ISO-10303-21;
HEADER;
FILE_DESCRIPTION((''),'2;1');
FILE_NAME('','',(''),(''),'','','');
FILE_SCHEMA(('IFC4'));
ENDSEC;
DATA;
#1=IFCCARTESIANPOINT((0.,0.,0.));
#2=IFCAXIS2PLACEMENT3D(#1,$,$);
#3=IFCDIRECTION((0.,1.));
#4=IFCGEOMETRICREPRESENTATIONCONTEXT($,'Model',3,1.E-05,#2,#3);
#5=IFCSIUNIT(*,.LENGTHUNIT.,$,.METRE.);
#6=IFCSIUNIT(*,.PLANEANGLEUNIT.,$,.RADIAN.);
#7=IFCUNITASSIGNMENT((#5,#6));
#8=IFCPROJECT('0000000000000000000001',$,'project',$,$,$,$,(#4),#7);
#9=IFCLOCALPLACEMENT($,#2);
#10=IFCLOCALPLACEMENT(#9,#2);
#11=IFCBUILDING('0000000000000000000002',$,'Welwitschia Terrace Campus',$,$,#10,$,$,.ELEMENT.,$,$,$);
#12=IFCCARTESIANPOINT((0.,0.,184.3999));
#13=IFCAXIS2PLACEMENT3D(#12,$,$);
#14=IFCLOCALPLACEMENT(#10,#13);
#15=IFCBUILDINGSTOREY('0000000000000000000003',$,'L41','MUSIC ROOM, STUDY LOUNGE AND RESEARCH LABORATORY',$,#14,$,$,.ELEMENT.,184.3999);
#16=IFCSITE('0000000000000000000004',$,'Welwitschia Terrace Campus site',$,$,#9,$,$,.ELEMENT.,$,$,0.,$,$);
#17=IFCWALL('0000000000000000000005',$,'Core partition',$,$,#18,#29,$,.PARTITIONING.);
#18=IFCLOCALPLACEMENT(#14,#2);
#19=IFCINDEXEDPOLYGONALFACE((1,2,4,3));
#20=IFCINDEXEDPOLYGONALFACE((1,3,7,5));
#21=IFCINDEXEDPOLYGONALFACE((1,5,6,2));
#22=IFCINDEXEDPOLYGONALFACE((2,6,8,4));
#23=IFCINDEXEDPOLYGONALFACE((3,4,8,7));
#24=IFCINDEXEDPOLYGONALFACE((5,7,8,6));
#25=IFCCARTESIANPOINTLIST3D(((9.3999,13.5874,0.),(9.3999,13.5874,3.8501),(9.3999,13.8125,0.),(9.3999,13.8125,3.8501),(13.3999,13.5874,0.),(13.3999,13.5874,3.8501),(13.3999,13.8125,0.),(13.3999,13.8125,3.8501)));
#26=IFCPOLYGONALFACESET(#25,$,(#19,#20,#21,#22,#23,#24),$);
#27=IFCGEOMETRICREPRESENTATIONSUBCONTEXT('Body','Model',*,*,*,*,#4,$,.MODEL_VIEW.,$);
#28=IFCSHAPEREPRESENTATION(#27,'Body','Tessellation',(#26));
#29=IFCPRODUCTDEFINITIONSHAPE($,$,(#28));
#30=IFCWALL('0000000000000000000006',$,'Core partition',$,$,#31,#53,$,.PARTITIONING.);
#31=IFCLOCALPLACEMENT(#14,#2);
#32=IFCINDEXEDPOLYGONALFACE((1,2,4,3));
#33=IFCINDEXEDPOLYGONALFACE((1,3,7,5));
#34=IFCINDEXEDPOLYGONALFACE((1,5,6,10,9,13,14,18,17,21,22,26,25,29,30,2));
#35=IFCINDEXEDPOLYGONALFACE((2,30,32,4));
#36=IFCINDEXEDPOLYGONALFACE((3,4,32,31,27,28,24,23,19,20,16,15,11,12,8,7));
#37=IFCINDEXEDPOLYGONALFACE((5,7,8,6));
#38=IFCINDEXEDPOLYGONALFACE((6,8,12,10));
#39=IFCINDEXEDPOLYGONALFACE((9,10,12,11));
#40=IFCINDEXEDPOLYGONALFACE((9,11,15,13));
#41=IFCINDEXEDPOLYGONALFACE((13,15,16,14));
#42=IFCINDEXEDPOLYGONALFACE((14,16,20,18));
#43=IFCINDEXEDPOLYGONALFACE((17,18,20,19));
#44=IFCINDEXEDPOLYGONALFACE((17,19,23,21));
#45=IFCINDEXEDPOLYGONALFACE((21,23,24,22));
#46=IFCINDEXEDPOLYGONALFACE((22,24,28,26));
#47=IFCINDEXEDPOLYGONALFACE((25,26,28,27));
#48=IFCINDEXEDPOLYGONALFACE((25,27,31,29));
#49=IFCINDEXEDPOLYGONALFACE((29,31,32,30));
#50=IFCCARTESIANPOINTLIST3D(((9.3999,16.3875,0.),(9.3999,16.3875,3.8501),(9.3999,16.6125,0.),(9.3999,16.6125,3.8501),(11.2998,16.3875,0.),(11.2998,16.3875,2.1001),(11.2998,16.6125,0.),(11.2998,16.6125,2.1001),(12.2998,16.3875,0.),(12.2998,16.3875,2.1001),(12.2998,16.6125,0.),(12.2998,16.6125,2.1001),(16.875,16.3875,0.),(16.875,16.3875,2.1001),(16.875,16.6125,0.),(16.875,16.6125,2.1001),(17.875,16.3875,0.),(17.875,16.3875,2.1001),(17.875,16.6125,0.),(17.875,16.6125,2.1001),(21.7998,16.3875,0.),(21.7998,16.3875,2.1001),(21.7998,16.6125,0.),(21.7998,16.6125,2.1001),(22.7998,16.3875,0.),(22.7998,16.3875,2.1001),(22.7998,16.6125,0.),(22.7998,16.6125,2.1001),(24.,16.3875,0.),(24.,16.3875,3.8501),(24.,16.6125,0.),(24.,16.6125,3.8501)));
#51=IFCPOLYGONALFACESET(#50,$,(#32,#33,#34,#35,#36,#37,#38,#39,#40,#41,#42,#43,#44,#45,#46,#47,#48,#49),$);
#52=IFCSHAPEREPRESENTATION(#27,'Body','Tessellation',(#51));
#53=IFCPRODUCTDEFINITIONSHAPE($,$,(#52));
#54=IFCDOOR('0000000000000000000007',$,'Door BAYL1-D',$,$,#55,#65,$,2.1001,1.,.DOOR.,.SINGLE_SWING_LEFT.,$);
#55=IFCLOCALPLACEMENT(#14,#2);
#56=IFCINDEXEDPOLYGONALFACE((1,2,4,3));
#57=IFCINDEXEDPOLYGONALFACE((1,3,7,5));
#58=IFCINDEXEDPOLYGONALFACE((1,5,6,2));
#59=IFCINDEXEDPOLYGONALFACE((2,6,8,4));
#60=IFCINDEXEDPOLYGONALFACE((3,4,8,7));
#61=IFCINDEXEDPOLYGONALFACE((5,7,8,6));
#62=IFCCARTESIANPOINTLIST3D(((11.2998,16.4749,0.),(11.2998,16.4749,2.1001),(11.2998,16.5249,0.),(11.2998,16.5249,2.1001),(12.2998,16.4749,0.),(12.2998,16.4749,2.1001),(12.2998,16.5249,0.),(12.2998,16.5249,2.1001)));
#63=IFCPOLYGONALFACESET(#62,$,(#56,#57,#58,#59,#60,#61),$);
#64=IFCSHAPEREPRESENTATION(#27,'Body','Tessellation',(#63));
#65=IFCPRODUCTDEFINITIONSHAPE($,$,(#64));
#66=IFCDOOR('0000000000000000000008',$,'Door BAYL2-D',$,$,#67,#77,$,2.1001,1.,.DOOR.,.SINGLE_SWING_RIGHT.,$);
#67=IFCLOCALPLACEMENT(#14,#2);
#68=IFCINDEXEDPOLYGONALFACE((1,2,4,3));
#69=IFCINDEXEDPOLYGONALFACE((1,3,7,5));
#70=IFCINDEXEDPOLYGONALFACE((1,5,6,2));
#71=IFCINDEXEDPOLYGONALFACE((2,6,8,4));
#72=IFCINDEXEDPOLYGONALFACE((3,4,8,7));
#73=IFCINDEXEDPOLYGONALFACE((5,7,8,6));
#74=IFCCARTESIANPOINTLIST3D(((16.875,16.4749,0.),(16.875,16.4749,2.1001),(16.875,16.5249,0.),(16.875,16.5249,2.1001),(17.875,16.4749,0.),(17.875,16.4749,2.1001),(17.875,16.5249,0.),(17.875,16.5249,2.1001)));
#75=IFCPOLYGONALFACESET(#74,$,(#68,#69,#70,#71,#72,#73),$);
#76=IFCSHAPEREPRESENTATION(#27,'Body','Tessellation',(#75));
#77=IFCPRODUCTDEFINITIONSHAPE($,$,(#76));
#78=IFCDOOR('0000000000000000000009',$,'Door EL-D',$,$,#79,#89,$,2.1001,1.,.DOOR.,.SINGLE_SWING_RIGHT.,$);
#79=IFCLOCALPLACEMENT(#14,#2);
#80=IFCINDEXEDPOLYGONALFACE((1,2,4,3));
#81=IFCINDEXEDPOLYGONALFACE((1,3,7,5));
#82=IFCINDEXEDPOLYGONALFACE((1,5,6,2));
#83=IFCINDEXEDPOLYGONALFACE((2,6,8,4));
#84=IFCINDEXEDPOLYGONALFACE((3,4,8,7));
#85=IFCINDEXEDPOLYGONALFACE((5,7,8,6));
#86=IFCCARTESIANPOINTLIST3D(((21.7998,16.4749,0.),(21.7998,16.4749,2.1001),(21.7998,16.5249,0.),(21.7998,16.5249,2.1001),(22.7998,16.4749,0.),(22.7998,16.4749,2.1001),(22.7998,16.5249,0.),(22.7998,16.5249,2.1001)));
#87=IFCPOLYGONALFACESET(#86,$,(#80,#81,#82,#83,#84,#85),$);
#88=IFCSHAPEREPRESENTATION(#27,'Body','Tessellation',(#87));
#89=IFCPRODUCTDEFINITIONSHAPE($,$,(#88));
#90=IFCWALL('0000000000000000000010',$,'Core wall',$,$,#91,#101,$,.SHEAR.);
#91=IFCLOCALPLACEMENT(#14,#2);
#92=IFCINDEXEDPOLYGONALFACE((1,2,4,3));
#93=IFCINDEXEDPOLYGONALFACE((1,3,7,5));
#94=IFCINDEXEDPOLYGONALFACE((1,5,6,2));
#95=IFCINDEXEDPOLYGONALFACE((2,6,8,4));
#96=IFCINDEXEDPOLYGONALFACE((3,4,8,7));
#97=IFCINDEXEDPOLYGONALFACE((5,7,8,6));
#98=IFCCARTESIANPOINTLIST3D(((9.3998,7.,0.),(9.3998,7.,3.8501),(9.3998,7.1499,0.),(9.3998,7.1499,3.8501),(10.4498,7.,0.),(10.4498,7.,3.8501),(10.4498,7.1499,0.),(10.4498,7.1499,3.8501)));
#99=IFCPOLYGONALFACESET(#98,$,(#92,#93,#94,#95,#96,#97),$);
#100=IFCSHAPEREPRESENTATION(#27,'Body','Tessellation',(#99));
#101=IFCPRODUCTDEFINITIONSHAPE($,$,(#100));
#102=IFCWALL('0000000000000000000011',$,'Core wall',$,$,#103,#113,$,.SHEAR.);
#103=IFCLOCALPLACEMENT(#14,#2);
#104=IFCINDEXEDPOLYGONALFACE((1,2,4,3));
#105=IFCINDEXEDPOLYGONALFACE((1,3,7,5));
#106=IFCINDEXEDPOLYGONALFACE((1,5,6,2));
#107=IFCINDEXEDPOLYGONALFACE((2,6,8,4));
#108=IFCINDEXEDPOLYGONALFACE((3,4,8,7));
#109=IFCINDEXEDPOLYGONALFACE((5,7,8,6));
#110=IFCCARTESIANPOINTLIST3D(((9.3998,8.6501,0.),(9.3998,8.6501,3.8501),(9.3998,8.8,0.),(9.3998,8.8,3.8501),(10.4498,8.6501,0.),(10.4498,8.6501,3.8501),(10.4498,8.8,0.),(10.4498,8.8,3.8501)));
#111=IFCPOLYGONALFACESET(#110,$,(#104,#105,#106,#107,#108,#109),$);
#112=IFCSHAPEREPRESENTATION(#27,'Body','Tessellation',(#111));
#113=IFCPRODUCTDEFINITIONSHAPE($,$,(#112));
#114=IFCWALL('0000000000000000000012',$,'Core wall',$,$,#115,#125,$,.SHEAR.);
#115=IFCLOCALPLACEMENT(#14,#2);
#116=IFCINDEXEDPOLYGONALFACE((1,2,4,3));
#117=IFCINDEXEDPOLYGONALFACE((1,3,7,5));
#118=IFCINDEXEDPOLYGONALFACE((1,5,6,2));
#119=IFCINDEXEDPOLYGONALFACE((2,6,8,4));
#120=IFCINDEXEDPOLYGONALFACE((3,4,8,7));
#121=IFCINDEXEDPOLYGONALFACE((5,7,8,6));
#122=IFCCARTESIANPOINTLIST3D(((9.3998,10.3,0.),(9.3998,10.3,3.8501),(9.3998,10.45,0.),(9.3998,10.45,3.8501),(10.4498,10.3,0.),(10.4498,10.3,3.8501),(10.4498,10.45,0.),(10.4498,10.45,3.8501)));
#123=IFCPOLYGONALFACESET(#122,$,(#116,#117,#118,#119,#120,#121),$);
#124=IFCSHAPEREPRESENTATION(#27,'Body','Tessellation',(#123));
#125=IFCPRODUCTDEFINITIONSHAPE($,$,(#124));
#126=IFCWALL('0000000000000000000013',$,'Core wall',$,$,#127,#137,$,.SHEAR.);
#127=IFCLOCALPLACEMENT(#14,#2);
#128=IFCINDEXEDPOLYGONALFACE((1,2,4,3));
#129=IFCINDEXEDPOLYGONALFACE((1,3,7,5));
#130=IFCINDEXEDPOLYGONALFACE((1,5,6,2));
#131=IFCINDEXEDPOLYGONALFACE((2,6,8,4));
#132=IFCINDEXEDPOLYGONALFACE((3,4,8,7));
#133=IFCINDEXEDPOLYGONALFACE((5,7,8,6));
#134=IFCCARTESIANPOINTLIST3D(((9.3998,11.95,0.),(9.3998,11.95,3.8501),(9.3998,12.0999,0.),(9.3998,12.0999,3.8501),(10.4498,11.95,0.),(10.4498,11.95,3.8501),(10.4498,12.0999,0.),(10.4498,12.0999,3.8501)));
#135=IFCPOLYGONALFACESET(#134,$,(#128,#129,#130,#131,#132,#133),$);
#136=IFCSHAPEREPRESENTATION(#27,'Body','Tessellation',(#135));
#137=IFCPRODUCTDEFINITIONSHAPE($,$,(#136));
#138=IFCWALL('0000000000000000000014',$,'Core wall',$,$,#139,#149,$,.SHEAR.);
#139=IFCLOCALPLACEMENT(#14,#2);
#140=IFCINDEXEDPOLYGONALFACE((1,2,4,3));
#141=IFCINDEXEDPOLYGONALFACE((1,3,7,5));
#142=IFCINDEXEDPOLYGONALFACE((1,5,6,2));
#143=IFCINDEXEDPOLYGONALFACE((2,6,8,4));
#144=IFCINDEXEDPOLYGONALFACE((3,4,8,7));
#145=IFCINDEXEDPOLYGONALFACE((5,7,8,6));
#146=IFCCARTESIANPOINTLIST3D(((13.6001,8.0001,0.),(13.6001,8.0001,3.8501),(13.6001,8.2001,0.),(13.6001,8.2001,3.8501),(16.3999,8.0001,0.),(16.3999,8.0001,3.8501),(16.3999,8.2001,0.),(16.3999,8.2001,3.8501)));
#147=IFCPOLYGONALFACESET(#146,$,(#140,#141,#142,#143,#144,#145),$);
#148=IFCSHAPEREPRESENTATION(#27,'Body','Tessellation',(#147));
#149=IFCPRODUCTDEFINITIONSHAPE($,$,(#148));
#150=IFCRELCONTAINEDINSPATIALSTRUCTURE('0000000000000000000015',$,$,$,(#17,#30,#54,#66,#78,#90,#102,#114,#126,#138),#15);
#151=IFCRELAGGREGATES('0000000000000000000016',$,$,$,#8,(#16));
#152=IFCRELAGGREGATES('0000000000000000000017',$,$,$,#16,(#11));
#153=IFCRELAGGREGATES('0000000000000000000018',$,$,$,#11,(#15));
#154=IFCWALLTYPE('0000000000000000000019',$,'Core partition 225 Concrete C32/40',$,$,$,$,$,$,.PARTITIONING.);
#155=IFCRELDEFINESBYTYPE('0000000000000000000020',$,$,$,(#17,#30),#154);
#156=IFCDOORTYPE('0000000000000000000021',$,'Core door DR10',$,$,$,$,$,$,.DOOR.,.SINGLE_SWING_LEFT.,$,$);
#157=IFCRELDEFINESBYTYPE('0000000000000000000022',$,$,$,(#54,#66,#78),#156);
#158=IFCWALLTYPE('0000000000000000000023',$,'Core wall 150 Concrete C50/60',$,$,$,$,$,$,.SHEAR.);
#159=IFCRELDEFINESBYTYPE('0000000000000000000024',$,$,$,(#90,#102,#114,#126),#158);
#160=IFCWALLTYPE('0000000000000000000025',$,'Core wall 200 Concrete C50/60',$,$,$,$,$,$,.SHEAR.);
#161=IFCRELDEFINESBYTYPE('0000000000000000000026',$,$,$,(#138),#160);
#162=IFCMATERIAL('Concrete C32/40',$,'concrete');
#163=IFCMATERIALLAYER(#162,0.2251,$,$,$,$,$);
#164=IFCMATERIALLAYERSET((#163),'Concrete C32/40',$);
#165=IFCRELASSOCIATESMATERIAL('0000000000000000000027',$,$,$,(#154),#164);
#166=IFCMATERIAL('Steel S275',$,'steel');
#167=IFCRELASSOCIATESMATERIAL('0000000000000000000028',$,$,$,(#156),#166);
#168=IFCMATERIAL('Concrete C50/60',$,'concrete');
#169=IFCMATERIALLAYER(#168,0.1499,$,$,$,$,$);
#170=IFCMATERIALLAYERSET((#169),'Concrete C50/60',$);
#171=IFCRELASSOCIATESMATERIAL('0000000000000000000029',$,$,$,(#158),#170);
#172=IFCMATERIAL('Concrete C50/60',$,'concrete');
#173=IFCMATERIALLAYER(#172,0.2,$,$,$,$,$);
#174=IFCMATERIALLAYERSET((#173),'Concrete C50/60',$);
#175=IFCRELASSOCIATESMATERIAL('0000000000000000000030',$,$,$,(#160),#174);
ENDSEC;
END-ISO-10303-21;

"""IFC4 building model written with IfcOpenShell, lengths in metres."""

from ifc_helpers import new_model, si_unit, direction, frame, frame_2d, origin, place, context, subcontext, project, spatial, rectangle, extrude, material, layer, layer_set, type_object, element, fill, save


model = new_model("IFC4")

# Units and contexts
model_context = context("Model", 3, precision=1e-05, world=origin(), true_north=direction((0.0, 1.0)))
body_context = subcontext(model_context, "Body", "Model", "MODEL_VIEW")
ifc_project = project(units=[si_unit("LENGTHUNIT", "METRE"), si_unit("PLANEANGLEUNIT", "RADIAN")], contexts=[model_context])

# Site, building, storey
site_placement = place(None, origin())
site = spatial("IfcSite", under=ifc_project, at=site_placement, Name="Welwitschia Terrace Campus site", CompositionType="ELEMENT", RefElevation=0.0)
building_placement = place(site_placement, origin())
building = spatial("IfcBuilding", under=site, at=building_placement, Name="Welwitschia Terrace Campus", CompositionType="ELEMENT")
storey_placement = place(building_placement, frame((0.0, 0.0, 184.3999)))
storey = spatial("IfcBuildingStorey", under=building, at=storey_placement, Name="L41", Description="MUSIC ROOM, STUDY LOUNGE AND RESEARCH LABORATORY", CompositionType="ELEMENT", Elevation=184.3999)

# Wall
ifc_material_1 = material(Name="Concrete C32/40", Category="concrete")
ifc_layer_1 = layer(ifc_material_1, 0.2251)
ifc_layer_set_1 = layer_set([ifc_layer_1], Name="Concrete C32/40")
wall_type_1 = type_object("IfcWallType", Name="Core partition 225 Concrete C32/40", PredefinedType="PARTITIONING", material=ifc_layer_set_1)
wall_1_placement = place(storey_placement, frame((9.3999, 13.7, 0.0), z_axis=(0.0, 0.0, 1.0), x_axis=(1.0, 0.0, 0.0)))
element("IfcWall", 1, at=wall_1_placement, inside=storey, type_object=wall_type_1, Name="Core partition", PredefinedType="PARTITIONING", context=body_context, shape_type="SweptSolid", body=[
    extrude(rectangle(XDim=4.0, YDim=0.2251, at=frame_2d((2.0, 0.0))), origin(), (0.0, 0.0, 1.0), 3.8501),
])

# Wall, openings, doors
wall_2_placement = place(storey_placement, frame((9.3999, 16.5, 0.0), z_axis=(0.0, 0.0, 1.0), x_axis=(1.0, 0.0, 0.0)))
wall_2 = element("IfcWall", 2, at=wall_2_placement, inside=storey, type_object=wall_type_1, Name="Core partition", PredefinedType="PARTITIONING", context=body_context, shape_type="SweptSolid", body=[
    extrude(rectangle(XDim=14.6001, YDim=0.2251, at=frame_2d((7.3, 0.0))), origin(), (0.0, 0.0, 1.0), 3.8501),
])
opening_1_placement = place(wall_2_placement, frame((1.8999, 0.0, 0.0)))
opening_1 = element("IfcOpeningElement", 3, at=opening_1_placement, cuts=wall_2, PredefinedType="OPENING", context=body_context, shape_type="SweptSolid", body=[
    extrude(rectangle(XDim=1.0, YDim=2.1001, at=frame_2d((0.5, 1.05))), frame((0.0, 0.1226, 0.0), z_axis=(0.0, -1.0, 0.0), x_axis=(1.0, 0.0, 0.0)), (0.0, 0.0, 1.0), 0.2451),
])
opening_2_placement = place(wall_2_placement, frame((7.4751, 0.0, 0.0)))
opening_2 = element("IfcOpeningElement", 4, at=opening_2_placement, cuts=wall_2, PredefinedType="OPENING", context=body_context, shape_type="SweptSolid", body=[
    extrude(rectangle(XDim=1.0, YDim=2.1001, at=frame_2d((0.5, 1.05))), frame((0.0, 0.1226, 0.0), z_axis=(0.0, -1.0, 0.0), x_axis=(1.0, 0.0, 0.0)), (0.0, 0.0, 1.0), 0.2451),
])
opening_3_placement = place(wall_2_placement, frame((12.3999, 0.0, 0.0)))
opening_3 = element("IfcOpeningElement", 5, at=opening_3_placement, cuts=wall_2, PredefinedType="OPENING", context=body_context, shape_type="SweptSolid", body=[
    extrude(rectangle(XDim=1.0, YDim=2.1001, at=frame_2d((0.5, 1.05))), frame((0.0, 0.1226, 0.0), z_axis=(0.0, -1.0, 0.0), x_axis=(1.0, 0.0, 0.0)), (0.0, 0.0, 1.0), 0.2451),
])
ifc_material_2 = material(Name="Steel S275", Category="steel")
door_type_1 = type_object("IfcDoorType", Name="Core door DR10", OperationType="SINGLE_SWING_LEFT", PredefinedType="DOOR", material=ifc_material_2)
door_1_placement = place(opening_1_placement, origin())
door_1 = element("IfcDoor", 6, at=door_1_placement, inside=storey, type_object=door_type_1, Name="Door BAYL1-D", OperationType="SINGLE_SWING_LEFT", OverallHeight=2.1001, OverallWidth=1.0, PredefinedType="DOOR", context=body_context, shape_type="SweptSolid", body=[
    extrude(rectangle(XDim=1.0, YDim=2.1001, at=frame_2d((0.5, 1.05))), frame((0.0, 0.0249, 0.0), z_axis=(0.0, -1.0, 0.0), x_axis=(1.0, 0.0, 0.0)), (0.0, 0.0, 1.0), 0.05),
])
fill(opening_1, door_1)
door_2_placement = place(opening_2_placement, origin())
door_2 = element("IfcDoor", 7, at=door_2_placement, inside=storey, type_object=door_type_1, Name="Door BAYL2-D", OperationType="SINGLE_SWING_RIGHT", OverallHeight=2.1001, OverallWidth=1.0, PredefinedType="DOOR", context=body_context, shape_type="SweptSolid", body=[
    extrude(rectangle(XDim=1.0, YDim=2.1001, at=frame_2d((0.5, 1.05))), frame((0.0, 0.0249, 0.0), z_axis=(0.0, -1.0, 0.0), x_axis=(1.0, 0.0, 0.0)), (0.0, 0.0, 1.0), 0.05),
])
fill(opening_2, door_2)
door_3_placement = place(opening_3_placement, origin())
door_3 = element("IfcDoor", 8, at=door_3_placement, inside=storey, type_object=door_type_1, Name="Door EL-D", OperationType="SINGLE_SWING_RIGHT", OverallHeight=2.1001, OverallWidth=1.0, PredefinedType="DOOR", context=body_context, shape_type="SweptSolid", body=[
    extrude(rectangle(XDim=1.0, YDim=2.1001, at=frame_2d((0.5, 1.05))), frame((0.0, 0.0249, 0.0), z_axis=(0.0, -1.0, 0.0), x_axis=(1.0, 0.0, 0.0)), (0.0, 0.0, 1.0), 0.05),
])
fill(opening_3, door_3)

# Walls
ifc_material_3 = material(Name="Concrete C50/60", Category="concrete")
ifc_layer_2 = layer(ifc_material_3, 0.1499)
ifc_layer_set_2 = layer_set([ifc_layer_2], Name="Concrete C50/60")
wall_type_2 = type_object("IfcWallType", Name="Core wall 150 Concrete C50/60", PredefinedType="SHEAR", material=ifc_layer_set_2)
for number, where, z_axis, x_axis, name in (
    (9, (9.3999, 7.075, 0.0), (0.0, 0.0, 1.0), (1.0, 0.0, 0.0), "Core wall"),
    (10, (9.3999, 8.7251, 0.0), (0.0, 0.0, 1.0), (1.0, 0.0, 0.0), "Core wall"),
    (11, (9.3999, 10.375, 0.0), (0.0, 0.0, 1.0), (1.0, 0.0, 0.0), "Core wall"),
    (12, (9.3999, 12.0249, 0.0), (0.0, 0.0, 1.0), (1.0, 0.0, 0.0), "Core wall"),
):
    element("IfcWall", number, at=place(storey_placement, frame(where, z_axis=z_axis, x_axis=x_axis)), inside=storey, type_object=wall_type_2, Name=name, PredefinedType="SHEAR", context=body_context, shape_type="SweptSolid", body=[
        extrude(rectangle(XDim=1.05, YDim=0.1499, at=frame_2d((0.5249, 0.0))), origin(), (0.0, 0.0, 1.0), 3.8501),
    ])
ifc_material_4 = material(Name="Concrete C50/60", Category="concrete")
ifc_layer_3 = layer(ifc_material_4, 0.2)
ifc_layer_set_3 = layer_set([ifc_layer_3], Name="Concrete C50/60")
wall_type_3 = type_object("IfcWallType", Name="Core wall 200 Concrete C50/60", PredefinedType="SHEAR", material=ifc_layer_set_3)
wall_3_placement = place(storey_placement, frame((13.6001, 8.1001, 0.0), z_axis=(0.0, 0.0, 1.0), x_axis=(1.0, 0.0, 0.0)))
element("IfcWall", 13, at=wall_3_placement, inside=storey, type_object=wall_type_3, Name="Core wall", PredefinedType="SHEAR", context=body_context, shape_type="SweptSolid", body=[
    extrude(rectangle(XDim=2.7998, YDim=0.2, at=frame_2d((1.3999, 0.0))), origin(), (0.0, 0.0, 1.0), 3.8501),
])

save(model, "model.ifc")
